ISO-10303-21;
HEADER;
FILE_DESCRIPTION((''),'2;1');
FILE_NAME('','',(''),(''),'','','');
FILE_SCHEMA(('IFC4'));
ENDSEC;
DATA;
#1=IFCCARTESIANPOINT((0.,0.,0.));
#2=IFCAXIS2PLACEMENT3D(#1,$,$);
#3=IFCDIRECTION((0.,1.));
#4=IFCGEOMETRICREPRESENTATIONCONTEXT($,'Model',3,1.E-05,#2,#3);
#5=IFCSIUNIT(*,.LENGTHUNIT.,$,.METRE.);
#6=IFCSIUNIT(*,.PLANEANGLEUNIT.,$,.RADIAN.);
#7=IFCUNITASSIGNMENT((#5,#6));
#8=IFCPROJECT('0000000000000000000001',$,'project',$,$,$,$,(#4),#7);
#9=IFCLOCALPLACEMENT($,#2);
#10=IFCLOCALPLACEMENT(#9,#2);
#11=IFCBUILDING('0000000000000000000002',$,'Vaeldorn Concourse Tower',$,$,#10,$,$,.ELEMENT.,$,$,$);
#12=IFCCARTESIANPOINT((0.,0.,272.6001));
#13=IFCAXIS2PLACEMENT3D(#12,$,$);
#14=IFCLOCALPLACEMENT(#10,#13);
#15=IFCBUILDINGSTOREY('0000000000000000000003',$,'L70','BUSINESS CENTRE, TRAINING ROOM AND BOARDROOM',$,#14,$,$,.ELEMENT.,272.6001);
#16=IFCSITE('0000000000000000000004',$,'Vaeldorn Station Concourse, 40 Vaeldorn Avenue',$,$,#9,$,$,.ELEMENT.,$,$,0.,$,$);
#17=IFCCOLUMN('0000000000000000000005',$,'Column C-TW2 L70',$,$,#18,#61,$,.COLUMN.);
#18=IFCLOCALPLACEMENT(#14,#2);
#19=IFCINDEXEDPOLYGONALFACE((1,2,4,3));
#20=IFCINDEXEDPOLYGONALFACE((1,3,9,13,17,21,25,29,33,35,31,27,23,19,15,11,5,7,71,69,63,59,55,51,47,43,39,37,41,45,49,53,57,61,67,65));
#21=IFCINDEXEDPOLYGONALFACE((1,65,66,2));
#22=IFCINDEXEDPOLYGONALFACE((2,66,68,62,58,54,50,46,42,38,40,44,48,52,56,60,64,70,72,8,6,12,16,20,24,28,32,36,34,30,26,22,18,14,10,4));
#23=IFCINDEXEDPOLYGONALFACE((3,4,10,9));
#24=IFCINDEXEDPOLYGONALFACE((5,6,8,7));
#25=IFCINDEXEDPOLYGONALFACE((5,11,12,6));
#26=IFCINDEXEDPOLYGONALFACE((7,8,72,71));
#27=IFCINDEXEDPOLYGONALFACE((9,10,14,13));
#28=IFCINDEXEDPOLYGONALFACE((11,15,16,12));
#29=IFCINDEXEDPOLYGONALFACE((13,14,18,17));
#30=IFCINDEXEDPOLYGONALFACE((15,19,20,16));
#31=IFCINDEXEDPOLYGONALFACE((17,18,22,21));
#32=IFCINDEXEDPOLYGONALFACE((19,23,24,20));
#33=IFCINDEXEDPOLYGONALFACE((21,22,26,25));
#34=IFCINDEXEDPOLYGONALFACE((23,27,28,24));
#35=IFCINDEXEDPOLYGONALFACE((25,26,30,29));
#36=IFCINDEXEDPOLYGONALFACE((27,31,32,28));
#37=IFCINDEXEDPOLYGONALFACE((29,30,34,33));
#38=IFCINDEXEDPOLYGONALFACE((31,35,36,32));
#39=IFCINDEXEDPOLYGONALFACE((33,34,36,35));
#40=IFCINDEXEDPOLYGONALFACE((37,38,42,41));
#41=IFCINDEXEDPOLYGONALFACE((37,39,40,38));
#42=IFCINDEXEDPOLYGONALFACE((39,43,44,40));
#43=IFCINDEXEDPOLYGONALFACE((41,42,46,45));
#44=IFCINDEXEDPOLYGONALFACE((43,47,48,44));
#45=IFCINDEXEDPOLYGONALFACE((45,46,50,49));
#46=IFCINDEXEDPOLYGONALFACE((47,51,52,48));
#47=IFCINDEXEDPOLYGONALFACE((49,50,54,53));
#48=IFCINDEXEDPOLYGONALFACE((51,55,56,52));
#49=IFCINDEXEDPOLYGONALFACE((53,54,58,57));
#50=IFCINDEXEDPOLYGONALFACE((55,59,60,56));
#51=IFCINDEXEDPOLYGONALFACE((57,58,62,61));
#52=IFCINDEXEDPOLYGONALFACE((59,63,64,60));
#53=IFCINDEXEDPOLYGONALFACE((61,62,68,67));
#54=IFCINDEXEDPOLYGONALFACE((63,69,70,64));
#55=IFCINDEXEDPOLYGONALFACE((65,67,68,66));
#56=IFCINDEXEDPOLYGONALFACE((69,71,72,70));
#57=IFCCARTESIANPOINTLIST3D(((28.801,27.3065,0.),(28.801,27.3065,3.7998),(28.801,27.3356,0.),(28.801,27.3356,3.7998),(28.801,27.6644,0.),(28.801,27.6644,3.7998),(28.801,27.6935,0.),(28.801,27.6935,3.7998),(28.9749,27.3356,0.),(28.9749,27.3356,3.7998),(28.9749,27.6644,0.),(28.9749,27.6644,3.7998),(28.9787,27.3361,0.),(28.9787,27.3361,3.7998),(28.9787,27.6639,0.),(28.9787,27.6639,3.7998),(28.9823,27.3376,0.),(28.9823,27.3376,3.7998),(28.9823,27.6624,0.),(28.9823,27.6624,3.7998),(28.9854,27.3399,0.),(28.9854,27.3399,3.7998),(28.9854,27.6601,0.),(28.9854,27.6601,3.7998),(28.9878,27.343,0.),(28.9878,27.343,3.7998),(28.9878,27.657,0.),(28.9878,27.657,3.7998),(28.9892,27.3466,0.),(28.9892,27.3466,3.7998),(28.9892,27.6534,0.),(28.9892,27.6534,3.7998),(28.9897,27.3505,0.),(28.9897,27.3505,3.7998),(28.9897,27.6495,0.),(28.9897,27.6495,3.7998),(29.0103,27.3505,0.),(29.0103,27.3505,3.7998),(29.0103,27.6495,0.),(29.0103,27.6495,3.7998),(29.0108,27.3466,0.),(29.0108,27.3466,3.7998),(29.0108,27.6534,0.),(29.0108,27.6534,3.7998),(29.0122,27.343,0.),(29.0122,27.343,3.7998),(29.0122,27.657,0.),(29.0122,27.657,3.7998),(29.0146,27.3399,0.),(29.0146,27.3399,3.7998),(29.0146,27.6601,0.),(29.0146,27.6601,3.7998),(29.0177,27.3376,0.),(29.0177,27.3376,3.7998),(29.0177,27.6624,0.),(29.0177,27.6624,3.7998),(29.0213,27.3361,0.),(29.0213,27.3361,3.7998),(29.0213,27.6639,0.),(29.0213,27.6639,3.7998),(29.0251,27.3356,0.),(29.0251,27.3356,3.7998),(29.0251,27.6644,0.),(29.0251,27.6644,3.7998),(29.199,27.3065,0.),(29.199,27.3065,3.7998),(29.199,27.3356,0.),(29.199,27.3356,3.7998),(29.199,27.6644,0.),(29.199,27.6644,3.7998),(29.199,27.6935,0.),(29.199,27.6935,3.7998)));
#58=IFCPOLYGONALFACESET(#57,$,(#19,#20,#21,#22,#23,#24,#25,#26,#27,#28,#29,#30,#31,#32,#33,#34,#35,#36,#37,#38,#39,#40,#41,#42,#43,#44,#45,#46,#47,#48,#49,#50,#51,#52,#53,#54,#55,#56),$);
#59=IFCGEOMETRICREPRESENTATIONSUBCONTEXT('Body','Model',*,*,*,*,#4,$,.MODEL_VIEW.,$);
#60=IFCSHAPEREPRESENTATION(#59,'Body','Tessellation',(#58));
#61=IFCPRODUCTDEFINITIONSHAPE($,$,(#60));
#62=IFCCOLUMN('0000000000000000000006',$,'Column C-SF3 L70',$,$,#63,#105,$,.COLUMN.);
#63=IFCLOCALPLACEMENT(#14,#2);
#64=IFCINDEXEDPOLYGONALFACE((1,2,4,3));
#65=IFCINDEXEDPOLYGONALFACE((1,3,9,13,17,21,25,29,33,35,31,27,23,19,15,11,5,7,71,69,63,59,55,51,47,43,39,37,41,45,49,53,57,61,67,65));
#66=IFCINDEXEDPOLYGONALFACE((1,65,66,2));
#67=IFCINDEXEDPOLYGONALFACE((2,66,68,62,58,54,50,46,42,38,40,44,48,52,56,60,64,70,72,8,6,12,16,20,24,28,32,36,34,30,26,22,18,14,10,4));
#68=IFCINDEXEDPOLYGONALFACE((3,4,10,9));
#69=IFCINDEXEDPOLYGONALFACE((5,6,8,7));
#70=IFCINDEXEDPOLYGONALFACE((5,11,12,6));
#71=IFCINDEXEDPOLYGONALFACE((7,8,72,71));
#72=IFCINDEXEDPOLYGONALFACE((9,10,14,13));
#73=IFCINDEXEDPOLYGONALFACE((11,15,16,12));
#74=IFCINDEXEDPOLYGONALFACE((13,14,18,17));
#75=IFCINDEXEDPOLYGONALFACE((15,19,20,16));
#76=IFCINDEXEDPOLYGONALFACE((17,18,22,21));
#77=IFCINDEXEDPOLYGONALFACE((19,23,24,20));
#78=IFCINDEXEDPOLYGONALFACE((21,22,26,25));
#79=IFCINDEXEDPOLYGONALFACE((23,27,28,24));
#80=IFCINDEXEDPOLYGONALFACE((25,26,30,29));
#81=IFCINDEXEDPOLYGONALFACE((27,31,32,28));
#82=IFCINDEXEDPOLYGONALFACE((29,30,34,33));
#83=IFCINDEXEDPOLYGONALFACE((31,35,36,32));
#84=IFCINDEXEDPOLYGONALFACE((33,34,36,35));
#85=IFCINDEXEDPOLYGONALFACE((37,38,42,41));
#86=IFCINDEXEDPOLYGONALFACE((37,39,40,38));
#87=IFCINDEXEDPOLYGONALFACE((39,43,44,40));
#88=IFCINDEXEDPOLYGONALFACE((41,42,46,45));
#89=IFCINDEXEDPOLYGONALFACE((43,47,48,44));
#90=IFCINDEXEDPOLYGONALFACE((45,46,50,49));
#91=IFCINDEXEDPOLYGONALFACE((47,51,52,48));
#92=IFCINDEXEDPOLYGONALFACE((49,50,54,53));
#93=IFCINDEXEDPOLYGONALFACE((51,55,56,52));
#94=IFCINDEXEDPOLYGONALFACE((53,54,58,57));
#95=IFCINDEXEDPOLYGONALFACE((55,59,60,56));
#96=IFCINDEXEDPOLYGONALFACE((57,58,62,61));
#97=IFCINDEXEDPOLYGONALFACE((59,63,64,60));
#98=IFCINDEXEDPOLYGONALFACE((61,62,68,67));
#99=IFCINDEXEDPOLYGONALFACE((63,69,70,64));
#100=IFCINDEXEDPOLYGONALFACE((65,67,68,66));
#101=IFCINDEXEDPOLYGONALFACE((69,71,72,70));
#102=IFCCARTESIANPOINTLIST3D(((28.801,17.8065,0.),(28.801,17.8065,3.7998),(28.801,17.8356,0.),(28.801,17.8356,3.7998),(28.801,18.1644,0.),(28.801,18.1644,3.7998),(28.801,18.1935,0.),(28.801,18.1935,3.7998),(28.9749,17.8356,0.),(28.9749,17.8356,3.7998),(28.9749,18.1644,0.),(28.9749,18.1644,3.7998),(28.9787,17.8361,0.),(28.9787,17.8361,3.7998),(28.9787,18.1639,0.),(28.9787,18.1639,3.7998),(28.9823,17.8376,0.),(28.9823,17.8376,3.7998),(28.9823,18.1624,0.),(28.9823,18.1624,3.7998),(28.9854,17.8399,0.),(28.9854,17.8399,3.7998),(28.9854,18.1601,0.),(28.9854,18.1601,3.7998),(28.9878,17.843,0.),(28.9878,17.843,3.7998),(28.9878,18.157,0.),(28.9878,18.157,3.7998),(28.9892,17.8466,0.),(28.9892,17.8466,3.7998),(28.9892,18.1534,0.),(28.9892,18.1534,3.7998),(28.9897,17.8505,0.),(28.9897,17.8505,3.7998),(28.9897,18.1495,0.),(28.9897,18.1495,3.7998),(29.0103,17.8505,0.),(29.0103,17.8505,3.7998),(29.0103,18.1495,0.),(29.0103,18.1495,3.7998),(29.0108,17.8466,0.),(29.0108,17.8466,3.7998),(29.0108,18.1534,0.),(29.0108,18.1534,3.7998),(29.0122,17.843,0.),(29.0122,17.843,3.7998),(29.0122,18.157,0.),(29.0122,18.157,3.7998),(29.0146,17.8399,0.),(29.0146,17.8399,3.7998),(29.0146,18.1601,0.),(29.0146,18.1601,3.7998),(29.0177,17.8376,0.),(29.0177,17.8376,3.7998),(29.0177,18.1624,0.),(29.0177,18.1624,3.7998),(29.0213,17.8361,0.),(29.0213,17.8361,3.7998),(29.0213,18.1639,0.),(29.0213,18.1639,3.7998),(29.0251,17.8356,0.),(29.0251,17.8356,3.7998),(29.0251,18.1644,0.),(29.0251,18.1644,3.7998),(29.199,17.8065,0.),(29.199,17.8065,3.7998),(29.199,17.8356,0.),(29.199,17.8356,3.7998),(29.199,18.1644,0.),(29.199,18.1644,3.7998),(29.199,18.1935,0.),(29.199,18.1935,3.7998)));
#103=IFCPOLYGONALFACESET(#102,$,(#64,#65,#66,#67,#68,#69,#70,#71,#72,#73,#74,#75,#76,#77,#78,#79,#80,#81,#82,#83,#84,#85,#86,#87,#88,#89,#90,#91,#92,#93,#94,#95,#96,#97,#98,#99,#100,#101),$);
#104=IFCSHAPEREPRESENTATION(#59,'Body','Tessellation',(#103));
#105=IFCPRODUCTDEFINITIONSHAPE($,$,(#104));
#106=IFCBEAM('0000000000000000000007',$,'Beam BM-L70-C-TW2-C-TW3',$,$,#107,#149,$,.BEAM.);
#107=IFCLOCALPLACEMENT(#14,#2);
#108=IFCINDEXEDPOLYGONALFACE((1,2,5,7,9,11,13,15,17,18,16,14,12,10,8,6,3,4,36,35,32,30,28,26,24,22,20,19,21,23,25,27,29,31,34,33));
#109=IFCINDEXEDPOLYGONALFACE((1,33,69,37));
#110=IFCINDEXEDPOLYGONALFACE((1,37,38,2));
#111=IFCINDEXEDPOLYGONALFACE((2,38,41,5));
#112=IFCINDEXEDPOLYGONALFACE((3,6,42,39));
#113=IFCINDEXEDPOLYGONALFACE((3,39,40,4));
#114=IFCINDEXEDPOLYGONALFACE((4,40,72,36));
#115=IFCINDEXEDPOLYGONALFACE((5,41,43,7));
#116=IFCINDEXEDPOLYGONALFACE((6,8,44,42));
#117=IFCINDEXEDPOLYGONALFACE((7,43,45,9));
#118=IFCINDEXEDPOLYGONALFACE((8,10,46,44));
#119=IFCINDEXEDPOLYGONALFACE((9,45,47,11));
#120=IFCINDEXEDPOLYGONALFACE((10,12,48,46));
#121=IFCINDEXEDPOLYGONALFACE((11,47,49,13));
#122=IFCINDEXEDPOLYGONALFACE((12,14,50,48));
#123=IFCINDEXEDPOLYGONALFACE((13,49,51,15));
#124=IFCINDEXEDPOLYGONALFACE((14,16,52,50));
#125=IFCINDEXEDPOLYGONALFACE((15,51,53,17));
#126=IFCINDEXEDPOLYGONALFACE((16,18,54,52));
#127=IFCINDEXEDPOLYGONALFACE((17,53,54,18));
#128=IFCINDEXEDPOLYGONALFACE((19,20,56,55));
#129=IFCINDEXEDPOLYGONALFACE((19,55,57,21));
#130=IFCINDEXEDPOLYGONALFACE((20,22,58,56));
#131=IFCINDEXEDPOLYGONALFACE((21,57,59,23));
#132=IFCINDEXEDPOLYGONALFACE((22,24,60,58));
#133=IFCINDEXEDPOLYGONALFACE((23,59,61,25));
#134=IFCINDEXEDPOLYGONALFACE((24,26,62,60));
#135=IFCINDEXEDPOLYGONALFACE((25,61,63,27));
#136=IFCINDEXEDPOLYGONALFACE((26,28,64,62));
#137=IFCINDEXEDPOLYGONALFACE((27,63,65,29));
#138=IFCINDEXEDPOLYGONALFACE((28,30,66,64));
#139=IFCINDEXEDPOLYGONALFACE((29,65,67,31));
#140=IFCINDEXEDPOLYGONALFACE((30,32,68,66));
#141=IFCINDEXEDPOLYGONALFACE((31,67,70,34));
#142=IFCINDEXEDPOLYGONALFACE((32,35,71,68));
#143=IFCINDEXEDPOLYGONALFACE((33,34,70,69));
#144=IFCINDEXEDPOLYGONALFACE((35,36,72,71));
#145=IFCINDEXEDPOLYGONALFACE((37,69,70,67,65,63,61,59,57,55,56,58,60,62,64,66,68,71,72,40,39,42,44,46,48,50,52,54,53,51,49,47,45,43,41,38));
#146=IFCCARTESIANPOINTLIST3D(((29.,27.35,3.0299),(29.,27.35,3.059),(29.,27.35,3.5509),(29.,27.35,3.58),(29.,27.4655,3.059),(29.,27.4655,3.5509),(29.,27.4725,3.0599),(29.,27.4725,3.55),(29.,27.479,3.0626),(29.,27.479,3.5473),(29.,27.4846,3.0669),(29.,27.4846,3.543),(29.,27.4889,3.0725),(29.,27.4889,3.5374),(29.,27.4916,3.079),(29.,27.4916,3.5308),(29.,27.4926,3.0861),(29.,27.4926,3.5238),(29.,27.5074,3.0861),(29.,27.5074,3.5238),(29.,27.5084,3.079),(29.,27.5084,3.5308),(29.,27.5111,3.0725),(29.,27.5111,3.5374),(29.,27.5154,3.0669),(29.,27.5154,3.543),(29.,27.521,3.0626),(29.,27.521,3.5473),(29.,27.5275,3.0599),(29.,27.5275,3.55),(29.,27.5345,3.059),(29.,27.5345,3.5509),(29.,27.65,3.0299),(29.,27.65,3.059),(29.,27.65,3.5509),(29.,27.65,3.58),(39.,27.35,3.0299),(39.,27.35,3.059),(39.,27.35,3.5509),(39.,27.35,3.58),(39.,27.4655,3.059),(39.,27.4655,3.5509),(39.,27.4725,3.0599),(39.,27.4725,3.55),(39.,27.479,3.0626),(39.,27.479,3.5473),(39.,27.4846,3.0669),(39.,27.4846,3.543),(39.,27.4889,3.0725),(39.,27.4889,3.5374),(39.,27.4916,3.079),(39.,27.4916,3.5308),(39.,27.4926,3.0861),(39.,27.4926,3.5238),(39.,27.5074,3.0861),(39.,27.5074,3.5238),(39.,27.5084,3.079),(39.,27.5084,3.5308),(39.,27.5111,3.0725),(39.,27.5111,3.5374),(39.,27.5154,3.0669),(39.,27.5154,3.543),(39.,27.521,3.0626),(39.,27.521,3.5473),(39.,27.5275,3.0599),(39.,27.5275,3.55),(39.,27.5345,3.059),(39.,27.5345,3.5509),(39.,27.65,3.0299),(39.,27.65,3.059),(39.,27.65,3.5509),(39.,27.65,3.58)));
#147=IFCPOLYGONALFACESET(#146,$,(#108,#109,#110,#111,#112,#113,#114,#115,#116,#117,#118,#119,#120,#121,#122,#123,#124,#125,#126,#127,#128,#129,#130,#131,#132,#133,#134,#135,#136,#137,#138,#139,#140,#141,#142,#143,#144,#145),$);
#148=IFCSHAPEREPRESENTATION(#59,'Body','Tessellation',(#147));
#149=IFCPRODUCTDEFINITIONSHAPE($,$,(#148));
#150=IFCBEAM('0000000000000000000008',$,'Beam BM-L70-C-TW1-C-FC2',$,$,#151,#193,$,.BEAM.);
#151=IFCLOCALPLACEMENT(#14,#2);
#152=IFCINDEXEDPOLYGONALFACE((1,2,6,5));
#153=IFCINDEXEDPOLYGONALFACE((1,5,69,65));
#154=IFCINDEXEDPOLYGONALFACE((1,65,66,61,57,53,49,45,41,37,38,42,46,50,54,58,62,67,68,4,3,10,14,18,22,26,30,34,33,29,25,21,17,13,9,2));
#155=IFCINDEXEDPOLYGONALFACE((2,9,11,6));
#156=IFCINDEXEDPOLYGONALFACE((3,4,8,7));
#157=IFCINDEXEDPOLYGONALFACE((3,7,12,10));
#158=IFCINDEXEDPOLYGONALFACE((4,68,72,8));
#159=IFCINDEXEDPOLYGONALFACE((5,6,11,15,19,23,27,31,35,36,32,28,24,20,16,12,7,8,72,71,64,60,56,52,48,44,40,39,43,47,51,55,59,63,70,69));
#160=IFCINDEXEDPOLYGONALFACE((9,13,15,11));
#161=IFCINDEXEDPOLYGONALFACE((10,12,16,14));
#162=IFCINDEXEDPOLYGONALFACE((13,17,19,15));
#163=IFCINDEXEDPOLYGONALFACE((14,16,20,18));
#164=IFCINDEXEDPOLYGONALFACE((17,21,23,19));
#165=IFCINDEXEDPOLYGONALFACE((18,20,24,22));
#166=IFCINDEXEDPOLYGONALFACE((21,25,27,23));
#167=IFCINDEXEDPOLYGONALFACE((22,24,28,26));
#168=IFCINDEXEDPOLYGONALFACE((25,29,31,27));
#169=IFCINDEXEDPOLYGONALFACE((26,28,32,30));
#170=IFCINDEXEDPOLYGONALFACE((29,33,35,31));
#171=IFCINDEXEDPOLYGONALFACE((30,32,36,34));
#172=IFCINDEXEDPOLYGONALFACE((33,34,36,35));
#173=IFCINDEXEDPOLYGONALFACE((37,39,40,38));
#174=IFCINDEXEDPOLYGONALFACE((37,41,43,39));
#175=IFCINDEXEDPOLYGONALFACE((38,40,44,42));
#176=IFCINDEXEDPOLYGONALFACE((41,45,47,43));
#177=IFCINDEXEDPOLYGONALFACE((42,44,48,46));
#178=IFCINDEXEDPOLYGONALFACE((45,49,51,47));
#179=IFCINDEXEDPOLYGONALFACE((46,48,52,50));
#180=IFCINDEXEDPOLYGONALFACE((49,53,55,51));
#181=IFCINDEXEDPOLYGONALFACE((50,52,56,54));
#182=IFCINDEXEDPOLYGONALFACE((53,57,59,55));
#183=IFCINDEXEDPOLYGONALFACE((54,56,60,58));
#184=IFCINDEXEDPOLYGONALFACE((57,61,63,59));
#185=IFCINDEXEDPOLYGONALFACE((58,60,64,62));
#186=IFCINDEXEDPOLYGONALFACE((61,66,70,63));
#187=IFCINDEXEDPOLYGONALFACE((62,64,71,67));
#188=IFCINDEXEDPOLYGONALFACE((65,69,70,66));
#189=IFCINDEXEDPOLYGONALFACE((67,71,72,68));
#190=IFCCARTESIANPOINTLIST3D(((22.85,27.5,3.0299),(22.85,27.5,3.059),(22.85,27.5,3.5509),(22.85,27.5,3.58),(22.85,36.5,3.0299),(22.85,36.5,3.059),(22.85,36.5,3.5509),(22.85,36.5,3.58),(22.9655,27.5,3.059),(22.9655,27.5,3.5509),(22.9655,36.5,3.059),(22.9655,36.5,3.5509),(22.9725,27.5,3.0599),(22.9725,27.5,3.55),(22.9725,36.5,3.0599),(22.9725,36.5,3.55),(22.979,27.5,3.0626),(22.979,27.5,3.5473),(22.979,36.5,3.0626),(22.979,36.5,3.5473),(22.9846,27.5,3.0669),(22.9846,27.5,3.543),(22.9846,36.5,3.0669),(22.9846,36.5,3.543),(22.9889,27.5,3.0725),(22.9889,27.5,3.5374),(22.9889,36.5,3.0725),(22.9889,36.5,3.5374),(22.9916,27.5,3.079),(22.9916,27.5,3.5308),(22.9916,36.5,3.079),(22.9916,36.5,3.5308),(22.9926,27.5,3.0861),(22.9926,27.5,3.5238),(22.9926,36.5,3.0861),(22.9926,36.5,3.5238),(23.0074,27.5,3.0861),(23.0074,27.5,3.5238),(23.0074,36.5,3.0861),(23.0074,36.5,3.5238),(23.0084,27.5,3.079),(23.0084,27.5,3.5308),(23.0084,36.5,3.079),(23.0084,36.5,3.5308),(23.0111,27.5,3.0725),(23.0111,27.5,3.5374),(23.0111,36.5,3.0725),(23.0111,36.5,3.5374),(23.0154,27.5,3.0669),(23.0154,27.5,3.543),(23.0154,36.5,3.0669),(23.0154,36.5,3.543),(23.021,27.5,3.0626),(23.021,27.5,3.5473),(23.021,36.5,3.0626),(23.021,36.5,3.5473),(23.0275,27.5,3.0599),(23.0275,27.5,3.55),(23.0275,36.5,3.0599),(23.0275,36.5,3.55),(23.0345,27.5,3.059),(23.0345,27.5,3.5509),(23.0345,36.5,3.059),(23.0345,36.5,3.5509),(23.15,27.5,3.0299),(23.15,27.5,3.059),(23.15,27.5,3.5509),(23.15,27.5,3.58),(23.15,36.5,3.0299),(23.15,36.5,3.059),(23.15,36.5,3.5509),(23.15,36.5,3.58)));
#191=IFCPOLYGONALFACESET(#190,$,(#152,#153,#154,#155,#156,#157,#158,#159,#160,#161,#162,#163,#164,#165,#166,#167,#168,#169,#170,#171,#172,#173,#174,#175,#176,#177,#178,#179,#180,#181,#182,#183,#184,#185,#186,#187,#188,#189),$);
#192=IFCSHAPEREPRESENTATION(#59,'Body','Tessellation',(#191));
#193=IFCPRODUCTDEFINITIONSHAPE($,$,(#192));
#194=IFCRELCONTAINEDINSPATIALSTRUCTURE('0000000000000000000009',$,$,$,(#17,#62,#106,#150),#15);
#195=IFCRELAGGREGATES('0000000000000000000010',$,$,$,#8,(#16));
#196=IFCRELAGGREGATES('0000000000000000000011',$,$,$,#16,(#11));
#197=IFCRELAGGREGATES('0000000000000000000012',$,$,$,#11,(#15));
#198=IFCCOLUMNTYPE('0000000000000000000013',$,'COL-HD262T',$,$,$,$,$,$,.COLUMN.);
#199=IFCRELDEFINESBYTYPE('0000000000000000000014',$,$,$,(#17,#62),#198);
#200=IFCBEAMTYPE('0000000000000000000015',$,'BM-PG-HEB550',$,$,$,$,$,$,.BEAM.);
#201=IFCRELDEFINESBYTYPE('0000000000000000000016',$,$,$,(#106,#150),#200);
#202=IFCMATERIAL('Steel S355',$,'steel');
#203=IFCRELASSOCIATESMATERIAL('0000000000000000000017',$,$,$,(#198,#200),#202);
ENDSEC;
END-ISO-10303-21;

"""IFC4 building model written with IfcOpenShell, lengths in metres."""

from ifc_helpers import new_model, si_unit, direction, frame, origin, origin_2d, place, context, subcontext, project, spatial, i_section, extrude, source, transform, mapped, material, material_profile, profile_set, type_object, element, save


model = new_model("IFC4")

# Units and contexts
model_context = context("Model", 3, precision=1e-05, world=origin(), true_north=direction((0.0, 1.0)))
body_context = subcontext(model_context, "Body", "Model", "MODEL_VIEW")
ifc_project = project(units=[si_unit("LENGTHUNIT", "METRE"), si_unit("PLANEANGLEUNIT", "RADIAN")], contexts=[model_context])

# Site, building, storey
site_placement = place(None, origin())
site = spatial("IfcSite", under=ifc_project, at=site_placement, Name="Vaeldorn Station Concourse, 40 Vaeldorn Avenue", CompositionType="ELEMENT", RefElevation=0.0)
building_placement = place(site_placement, origin())
building = spatial("IfcBuilding", under=site, at=building_placement, Name="Vaeldorn Concourse Tower", CompositionType="ELEMENT")
storey_placement = place(building_placement, frame((0.0, 0.0, 272.6001)))
storey = spatial("IfcBuildingStorey", under=building, at=storey_placement, Name="L70", Description="BUSINESS CENTRE, TRAINING ROOM AND BOARDROOM", CompositionType="ELEMENT", Elevation=272.6001)

# Columns
ifc_material_1 = material(Name="Steel S355", Category="steel")
ifc_material_profile_1 = material_profile(ifc_material_1, i_section(OverallWidth=0.3979, OverallDepth=0.387, WebThickness=0.0205, FlangeThickness=0.0291, FilletRadius=0.0149, at=origin_2d()), Name="HD 400x262")
ifc_profile_set_1 = profile_set([ifc_material_profile_1], Name="Steel S355")
column_type = type_object("IfcColumnType", Name="COL-HD262T", PredefinedType="COLUMN", material=ifc_profile_set_1)
shared_shape_1 = source(origin(), body_context, "Body", "SweptSolid", [
    extrude(i_section(OverallWidth=0.3979, OverallDepth=0.387, WebThickness=0.0205, FlangeThickness=0.0291, FilletRadius=0.0149, at=origin_2d()), origin(), (0.0, 0.0, 1.0), 3.7998),
])
for number, where, z_axis, x_axis, name in (
    (1, (29.0, 27.5, 0.0), (0.0, 0.0, 1.0), (1.0, 0.0, 0.0), "Column C-TW2 L70"),
    (2, (29.0, 18.0, 0.0), (0.0, 0.0, 1.0), (1.0, 0.0, 0.0), "Column C-SF3 L70"),
):
    element("IfcColumn", number, at=place(storey_placement, frame(where, z_axis=z_axis, x_axis=x_axis)), inside=storey, type_object=column_type, Name=name, PredefinedType="COLUMN", context=body_context, shape_type="MappedRepresentation", body=[
        mapped(shared_shape_1, transform((0.0, 0.0, 0.0), scale=1.0)),
    ])

# Beams
ifc_material_profile_2 = material_profile(ifc_material_1, i_section(OverallWidth=0.3, OverallDepth=0.55, WebThickness=0.0149, FlangeThickness=0.0291, FilletRadius=0.0271, at=origin_2d()), Name="HEB 550")
ifc_profile_set_2 = profile_set([ifc_material_profile_2], Name="Steel S355")
beam_type_1 = type_object("IfcBeamType", Name="BM-PG-HEB550", PredefinedType="BEAM", material=ifc_profile_set_2)
shared_shape_2 = source(origin(), body_context, "Body", "SweptSolid", [
    extrude(i_section(OverallWidth=0.3, OverallDepth=0.55, WebThickness=0.0149, FlangeThickness=0.0291, FilletRadius=0.0271, at=origin_2d()), origin(), (0.0, 0.0, 1.0), 10.0),
])
beam_1_placement = place(storey_placement, frame((29.0, 27.5, 3.3049), z_axis=(1.0, 0.0, 0.0), x_axis=(0.0, 1.0, 0.0)))
element("IfcBeam", 3, at=beam_1_placement, inside=storey, type_object=beam_type_1, Name="Beam BM-L70-C-TW2-C-TW3", PredefinedType="BEAM", context=body_context, shape_type="MappedRepresentation", body=[
    mapped(shared_shape_2, transform((0.0, 0.0, 0.0), scale=1.0)),
])
shared_shape_3 = source(origin(), body_context, "Body", "SweptSolid", [
    extrude(i_section(OverallWidth=0.3, OverallDepth=0.55, WebThickness=0.0149, FlangeThickness=0.0291, FilletRadius=0.0271, at=origin_2d()), origin(), (0.0, 0.0, 1.0), 9.0),
])
beam_2_placement = place(storey_placement, frame((23.0, 27.5, 3.3049), z_axis=(0.0, 1.0, 0.0), x_axis=(-1.0, 0.0, 0.0)))
element("IfcBeam", 4, at=beam_2_placement, inside=storey, type_object=beam_type_1, Name="Beam BM-L70-C-TW1-C-FC2", PredefinedType="BEAM", context=body_context, shape_type="MappedRepresentation", body=[
    mapped(shared_shape_3, transform((0.0, 0.0, 0.0), scale=1.0)),
])

save(model, "model.ifc")
